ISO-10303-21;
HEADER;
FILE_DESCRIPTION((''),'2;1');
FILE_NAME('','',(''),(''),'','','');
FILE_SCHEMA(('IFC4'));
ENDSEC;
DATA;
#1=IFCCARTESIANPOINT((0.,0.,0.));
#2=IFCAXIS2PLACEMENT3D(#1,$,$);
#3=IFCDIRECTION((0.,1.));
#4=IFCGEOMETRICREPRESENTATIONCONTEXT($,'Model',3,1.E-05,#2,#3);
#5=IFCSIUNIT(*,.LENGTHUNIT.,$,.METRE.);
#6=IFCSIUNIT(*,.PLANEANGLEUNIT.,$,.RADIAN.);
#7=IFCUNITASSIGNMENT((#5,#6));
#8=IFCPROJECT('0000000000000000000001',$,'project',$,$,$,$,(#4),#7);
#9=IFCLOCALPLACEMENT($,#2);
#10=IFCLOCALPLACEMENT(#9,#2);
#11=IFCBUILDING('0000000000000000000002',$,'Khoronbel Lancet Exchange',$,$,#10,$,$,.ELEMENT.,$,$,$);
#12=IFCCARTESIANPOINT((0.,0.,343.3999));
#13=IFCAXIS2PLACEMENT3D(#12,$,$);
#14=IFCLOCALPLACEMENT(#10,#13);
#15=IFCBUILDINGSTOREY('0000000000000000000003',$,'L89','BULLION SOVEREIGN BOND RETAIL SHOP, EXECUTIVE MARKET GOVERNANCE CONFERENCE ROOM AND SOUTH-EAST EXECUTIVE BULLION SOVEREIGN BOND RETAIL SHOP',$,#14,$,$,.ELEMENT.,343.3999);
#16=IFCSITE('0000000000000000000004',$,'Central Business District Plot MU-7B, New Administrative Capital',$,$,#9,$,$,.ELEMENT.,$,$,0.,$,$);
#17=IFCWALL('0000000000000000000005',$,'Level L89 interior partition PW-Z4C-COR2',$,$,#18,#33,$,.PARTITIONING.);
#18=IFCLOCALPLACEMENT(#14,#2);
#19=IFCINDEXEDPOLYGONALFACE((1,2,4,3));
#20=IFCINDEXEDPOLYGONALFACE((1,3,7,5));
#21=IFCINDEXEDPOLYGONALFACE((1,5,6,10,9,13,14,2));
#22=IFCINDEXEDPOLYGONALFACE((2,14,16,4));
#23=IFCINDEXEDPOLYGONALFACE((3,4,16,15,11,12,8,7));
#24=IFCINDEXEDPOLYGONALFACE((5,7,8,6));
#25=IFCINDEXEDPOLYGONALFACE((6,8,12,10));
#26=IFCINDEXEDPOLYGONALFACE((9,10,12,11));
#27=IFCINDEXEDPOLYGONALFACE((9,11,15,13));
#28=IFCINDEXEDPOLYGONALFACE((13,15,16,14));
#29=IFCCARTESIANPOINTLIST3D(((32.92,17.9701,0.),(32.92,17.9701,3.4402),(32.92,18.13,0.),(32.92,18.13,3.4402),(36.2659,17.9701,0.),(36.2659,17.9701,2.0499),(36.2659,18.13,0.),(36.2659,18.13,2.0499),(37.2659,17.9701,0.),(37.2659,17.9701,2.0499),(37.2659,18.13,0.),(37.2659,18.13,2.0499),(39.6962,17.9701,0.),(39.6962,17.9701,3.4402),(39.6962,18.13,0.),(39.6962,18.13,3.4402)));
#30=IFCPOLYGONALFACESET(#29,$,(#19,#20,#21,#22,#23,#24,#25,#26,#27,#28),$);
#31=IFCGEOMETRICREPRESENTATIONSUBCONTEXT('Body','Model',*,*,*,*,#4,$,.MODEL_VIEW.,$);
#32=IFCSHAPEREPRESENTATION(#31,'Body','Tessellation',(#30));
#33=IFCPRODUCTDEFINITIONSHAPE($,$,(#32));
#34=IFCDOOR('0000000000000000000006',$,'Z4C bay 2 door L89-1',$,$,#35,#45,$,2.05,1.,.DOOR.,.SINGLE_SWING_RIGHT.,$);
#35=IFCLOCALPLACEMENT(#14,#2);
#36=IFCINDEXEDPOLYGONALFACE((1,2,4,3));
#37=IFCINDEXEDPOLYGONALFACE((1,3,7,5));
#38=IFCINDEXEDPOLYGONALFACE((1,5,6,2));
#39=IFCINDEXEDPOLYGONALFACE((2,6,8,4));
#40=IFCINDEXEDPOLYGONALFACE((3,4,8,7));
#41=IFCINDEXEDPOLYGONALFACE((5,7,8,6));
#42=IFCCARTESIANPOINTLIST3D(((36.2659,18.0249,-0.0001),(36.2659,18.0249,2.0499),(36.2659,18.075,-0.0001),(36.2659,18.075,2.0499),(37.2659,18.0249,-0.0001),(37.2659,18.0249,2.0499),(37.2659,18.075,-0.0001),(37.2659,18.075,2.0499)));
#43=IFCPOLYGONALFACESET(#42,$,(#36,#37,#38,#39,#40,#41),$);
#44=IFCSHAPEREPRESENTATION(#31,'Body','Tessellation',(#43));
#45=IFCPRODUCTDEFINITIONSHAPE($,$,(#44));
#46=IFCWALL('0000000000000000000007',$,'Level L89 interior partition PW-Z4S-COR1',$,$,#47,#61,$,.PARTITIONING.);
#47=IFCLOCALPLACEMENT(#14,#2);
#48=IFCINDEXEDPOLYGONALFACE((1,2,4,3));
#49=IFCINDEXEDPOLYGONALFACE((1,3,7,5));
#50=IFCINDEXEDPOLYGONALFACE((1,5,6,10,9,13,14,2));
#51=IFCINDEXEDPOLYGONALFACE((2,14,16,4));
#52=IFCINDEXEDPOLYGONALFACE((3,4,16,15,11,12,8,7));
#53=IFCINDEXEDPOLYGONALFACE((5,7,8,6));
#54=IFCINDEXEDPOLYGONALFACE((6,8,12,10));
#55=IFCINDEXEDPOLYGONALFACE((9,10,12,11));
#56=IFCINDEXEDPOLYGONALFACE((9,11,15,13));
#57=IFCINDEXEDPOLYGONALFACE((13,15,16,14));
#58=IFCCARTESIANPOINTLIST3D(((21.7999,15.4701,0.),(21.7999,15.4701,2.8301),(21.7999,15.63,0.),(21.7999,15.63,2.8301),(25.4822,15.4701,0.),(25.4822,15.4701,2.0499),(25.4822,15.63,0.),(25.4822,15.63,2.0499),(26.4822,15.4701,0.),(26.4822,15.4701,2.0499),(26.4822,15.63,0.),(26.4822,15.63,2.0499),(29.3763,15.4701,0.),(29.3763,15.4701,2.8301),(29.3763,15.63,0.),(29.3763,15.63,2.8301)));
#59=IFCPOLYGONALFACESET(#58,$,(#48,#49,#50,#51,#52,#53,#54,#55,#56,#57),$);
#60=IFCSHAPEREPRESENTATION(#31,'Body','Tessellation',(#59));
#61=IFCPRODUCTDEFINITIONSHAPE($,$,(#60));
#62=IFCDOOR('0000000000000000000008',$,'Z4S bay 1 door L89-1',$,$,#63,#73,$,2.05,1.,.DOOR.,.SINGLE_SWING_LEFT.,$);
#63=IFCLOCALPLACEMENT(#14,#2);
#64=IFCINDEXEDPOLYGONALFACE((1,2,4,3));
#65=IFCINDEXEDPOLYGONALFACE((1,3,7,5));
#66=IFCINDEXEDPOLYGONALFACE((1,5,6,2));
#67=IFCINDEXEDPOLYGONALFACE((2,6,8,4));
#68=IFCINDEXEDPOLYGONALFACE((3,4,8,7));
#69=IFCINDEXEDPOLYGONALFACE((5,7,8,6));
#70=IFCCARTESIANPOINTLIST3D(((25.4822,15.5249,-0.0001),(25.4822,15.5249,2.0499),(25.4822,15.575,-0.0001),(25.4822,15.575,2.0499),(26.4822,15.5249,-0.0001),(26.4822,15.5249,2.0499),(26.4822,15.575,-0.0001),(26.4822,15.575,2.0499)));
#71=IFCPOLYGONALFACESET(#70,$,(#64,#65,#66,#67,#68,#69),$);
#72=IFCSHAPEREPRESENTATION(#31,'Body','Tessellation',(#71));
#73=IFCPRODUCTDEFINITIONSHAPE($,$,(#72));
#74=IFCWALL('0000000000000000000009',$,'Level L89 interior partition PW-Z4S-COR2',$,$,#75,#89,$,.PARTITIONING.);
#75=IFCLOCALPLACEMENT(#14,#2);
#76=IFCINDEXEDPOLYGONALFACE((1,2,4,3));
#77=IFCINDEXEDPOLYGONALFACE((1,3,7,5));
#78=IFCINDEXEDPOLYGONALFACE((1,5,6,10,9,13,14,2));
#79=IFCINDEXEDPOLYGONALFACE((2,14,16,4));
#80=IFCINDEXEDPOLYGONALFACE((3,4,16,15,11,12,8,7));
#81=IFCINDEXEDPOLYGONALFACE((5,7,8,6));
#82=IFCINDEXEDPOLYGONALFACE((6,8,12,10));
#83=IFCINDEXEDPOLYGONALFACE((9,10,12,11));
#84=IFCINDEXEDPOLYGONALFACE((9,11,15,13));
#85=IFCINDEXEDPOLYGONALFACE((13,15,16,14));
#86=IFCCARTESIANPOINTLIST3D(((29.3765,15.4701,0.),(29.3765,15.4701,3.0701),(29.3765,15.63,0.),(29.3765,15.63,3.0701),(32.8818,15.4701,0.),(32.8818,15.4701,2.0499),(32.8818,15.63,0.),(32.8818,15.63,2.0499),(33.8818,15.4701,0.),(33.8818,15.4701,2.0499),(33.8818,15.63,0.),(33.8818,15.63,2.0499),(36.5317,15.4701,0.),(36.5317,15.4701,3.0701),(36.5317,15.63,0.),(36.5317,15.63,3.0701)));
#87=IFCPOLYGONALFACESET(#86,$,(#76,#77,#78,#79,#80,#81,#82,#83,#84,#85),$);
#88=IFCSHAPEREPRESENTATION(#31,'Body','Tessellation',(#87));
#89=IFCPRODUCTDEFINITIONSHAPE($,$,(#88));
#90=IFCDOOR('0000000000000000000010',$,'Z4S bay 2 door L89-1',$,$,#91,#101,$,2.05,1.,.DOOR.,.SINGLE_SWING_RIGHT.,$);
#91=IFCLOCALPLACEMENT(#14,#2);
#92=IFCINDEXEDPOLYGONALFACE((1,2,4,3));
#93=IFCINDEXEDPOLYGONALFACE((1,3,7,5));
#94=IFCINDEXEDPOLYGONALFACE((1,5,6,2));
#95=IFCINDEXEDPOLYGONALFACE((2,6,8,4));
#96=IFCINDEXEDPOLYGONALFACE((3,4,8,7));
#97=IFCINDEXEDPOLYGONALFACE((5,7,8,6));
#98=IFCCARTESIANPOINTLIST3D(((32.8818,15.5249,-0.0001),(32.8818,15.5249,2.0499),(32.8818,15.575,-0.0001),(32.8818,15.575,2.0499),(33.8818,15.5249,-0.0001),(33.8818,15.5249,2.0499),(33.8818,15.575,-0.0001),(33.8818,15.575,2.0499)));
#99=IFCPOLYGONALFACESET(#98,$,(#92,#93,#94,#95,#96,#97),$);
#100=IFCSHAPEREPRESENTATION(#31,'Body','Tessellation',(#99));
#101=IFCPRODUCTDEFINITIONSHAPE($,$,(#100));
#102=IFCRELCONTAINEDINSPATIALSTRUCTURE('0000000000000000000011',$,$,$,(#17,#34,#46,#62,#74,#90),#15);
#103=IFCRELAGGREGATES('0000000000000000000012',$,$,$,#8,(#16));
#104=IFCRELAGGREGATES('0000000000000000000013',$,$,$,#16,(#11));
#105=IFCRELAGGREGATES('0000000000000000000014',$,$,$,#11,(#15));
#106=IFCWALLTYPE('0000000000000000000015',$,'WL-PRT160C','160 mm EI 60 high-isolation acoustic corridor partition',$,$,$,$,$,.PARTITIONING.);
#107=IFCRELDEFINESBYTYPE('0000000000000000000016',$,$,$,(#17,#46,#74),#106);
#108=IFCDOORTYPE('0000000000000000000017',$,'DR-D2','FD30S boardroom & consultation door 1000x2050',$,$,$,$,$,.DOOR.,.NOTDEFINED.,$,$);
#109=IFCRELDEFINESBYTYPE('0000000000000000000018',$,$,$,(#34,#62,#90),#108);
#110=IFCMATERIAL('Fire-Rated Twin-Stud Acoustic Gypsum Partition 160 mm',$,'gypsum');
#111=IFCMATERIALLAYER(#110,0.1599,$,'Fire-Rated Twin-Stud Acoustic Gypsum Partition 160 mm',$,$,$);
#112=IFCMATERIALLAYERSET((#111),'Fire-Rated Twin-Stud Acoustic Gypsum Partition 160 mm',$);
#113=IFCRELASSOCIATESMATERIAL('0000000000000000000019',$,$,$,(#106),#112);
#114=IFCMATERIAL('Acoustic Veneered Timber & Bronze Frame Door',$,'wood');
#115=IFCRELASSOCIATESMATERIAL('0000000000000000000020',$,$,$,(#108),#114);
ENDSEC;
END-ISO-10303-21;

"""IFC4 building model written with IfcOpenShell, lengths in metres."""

from ifc_helpers import new_model, si_unit, direction, frame, frame_2d, origin, place, context, subcontext, project, spatial, rectangle, extrude, material, layer, layer_set, type_object, element, fill, save


model = new_model("IFC4")

# Units and contexts
model_context = context("Model", 3, precision=1e-05, world=origin(), true_north=direction((0.0, 1.0)))
body_context = subcontext(model_context, "Body", "Model", "MODEL_VIEW")
ifc_project = project(units=[si_unit("LENGTHUNIT", "METRE"), si_unit("PLANEANGLEUNIT", "RADIAN")], contexts=[model_context])

# Site, building, storey
site_placement = place(None, origin())
site = spatial("IfcSite", under=ifc_project, at=site_placement, Name="Central Business District Plot MU-7B, New Administrative Capital", CompositionType="ELEMENT", RefElevation=0.0)
building_placement = place(site_placement, origin())
building = spatial("IfcBuilding", under=site, at=building_placement, Name="Khoronbel Lancet Exchange", CompositionType="ELEMENT")
storey_placement = place(building_placement, frame((0.0, 0.0, 343.3999)))
storey = spatial("IfcBuildingStorey", under=building, at=storey_placement, Name="L89", Description="BULLION SOVEREIGN BOND RETAIL SHOP, EXECUTIVE MARKET GOVERNANCE CONFERENCE ROOM AND SOUTH-EAST EXECUTIVE BULLION SOVEREIGN BOND RETAIL SHOP", CompositionType="ELEMENT", Elevation=343.3999)

# Walls, openings, doors
ifc_material_1 = material(Name="Fire-Rated Twin-Stud Acoustic Gypsum Partition 160 mm", Category="gypsum")
ifc_layer_1 = layer(ifc_material_1, 0.1599, Name="Fire-Rated Twin-Stud Acoustic Gypsum Partition 160 mm")
ifc_layer_set_1 = layer_set([ifc_layer_1], Name="Fire-Rated Twin-Stud Acoustic Gypsum Partition 160 mm")
wall_type_1 = type_object("IfcWallType", Name="WL-PRT160C", Description="160 mm EI 60 high-isolation acoustic corridor partition", PredefinedType="PARTITIONING", material=ifc_layer_set_1)
ifc_material_2 = material(Name="Acoustic Veneered Timber & Bronze Frame Door", Category="wood")
door_type_1 = type_object("IfcDoorType", Name="DR-D2", Description="FD30S boardroom & consultation door 1000x2050", OperationType="NOTDEFINED", PredefinedType="DOOR", material=ifc_material_2)
wall_1_placement = place(storey_placement, frame((32.9199, 18.05, 0.0), z_axis=(0.0, 0.0, 1.0), x_axis=(1.0, 0.0, 0.0)))
wall_1 = element("IfcWall", 1, at=wall_1_placement, inside=storey, type_object=wall_type_1, Name="Level L89 interior partition PW-Z4C-COR2", PredefinedType="PARTITIONING", context=body_context, shape_type="SweptSolid", body=[
    extrude(rectangle(XDim=6.7761, YDim=0.1599, at=frame_2d((3.3882, 0.0))), origin(), (0.0, 0.0, 1.0), 3.4402),
])
opening_1_placement = place(wall_1_placement, frame((3.3459, 0.0, 0.0)))
opening_1 = element("IfcOpeningElement", 2, at=opening_1_placement, cuts=wall_1, PredefinedType="OPENING", context=body_context, shape_type="SweptSolid", body=[
    extrude(rectangle(XDim=1.0, YDim=2.05, at=frame_2d((0.5, 1.0249))), frame((0.0, 0.0898, 0.0), z_axis=(0.0, -1.0, 0.0), x_axis=(1.0, 0.0, 0.0)), (0.0, 0.0, 1.0), 0.1799),
])
door_1_placement = place(opening_1_placement, origin())
door_1 = element("IfcDoor", 3, at=door_1_placement, inside=storey, type_object=door_type_1, Name="Z4C bay 2 door L89-1", OperationType="SINGLE_SWING_RIGHT", OverallHeight=2.05, OverallWidth=1.0, PredefinedType="DOOR", context=body_context, shape_type="SweptSolid", body=[
    extrude(rectangle(XDim=1.0, YDim=2.05, at=frame_2d((0.5, 1.0249))), frame((0.0, 0.0249, 0.0), z_axis=(0.0, -1.0, 0.0), x_axis=(1.0, 0.0, 0.0)), (0.0, 0.0, 1.0), 0.05),
])
fill(opening_1, door_1)
wall_2_placement = place(storey_placement, frame((21.8, 15.55, 0.0), z_axis=(0.0, 0.0, 1.0), x_axis=(1.0, 0.0, 0.0)))
wall_2 = element("IfcWall", 4, at=wall_2_placement, inside=storey, type_object=wall_type_1, Name="Level L89 interior partition PW-Z4S-COR1", PredefinedType="PARTITIONING", context=body_context, shape_type="SweptSolid", body=[
    extrude(rectangle(XDim=7.5764, YDim=0.1599, at=frame_2d((3.7881, 0.0))), origin(), (0.0, 0.0, 1.0), 2.8301),
])
opening_2_placement = place(wall_2_placement, frame((3.6821, 0.0, 0.0)))
opening_2 = element("IfcOpeningElement", 5, at=opening_2_placement, cuts=wall_2, PredefinedType="OPENING", context=body_context, shape_type="SweptSolid", body=[
    extrude(rectangle(XDim=1.0, YDim=2.05, at=frame_2d((0.5, 1.0249))), frame((0.0, 0.0898, 0.0), z_axis=(0.0, -1.0, 0.0), x_axis=(1.0, 0.0, 0.0)), (0.0, 0.0, 1.0), 0.1799),
])
door_2_placement = place(opening_2_placement, origin())
door_2 = element("IfcDoor", 6, at=door_2_placement, inside=storey, type_object=door_type_1, Name="Z4S bay 1 door L89-1", OperationType="SINGLE_SWING_LEFT", OverallHeight=2.05, OverallWidth=1.0, PredefinedType="DOOR", context=body_context, shape_type="SweptSolid", body=[
    extrude(rectangle(XDim=1.0, YDim=2.05, at=frame_2d((0.5, 1.0249))), frame((0.0, 0.0249, 0.0), z_axis=(0.0, -1.0, 0.0), x_axis=(1.0, 0.0, 0.0)), (0.0, 0.0, 1.0), 0.05),
])
fill(opening_2, door_2)
wall_3_placement = place(storey_placement, frame((29.3765, 15.55, 0.0), z_axis=(0.0, 0.0, 1.0), x_axis=(1.0, 0.0, 0.0)))
wall_3 = element("IfcWall", 7, at=wall_3_placement, inside=storey, type_object=wall_type_1, Name="Level L89 interior partition PW-Z4S-COR2", PredefinedType="PARTITIONING", context=body_context, shape_type="SweptSolid", body=[
    extrude(rectangle(XDim=7.1553, YDim=0.1599, at=frame_2d((3.5776, 0.0))), origin(), (0.0, 0.0, 1.0), 3.0701),
])
opening_3_placement = place(wall_3_placement, frame((3.5054, 0.0, 0.0)))
opening_3 = element("IfcOpeningElement", 8, at=opening_3_placement, cuts=wall_3, PredefinedType="OPENING", context=body_context, shape_type="SweptSolid", body=[
    extrude(rectangle(XDim=1.0, YDim=2.05, at=frame_2d((0.5, 1.0249))), frame((0.0, 0.0898, 0.0), z_axis=(0.0, -1.0, 0.0), x_axis=(1.0, 0.0, 0.0)), (0.0, 0.0, 1.0), 0.1799),
])
door_3_placement = place(opening_3_placement, origin())
door_3 = element("IfcDoor", 9, at=door_3_placement, inside=storey, type_object=door_type_1, Name="Z4S bay 2 door L89-1", OperationType="SINGLE_SWING_RIGHT", OverallHeight=2.05, OverallWidth=1.0, PredefinedType="DOOR", context=body_context, shape_type="SweptSolid", body=[
    extrude(rectangle(XDim=1.0, YDim=2.05, at=frame_2d((0.5, 1.0249))), frame((0.0, 0.0249, 0.0), z_axis=(0.0, -1.0, 0.0), x_axis=(1.0, 0.0, 0.0)), (0.0, 0.0, 1.0), 0.05),
])
fill(opening_3, door_3)

save(model, "model.ifc")
